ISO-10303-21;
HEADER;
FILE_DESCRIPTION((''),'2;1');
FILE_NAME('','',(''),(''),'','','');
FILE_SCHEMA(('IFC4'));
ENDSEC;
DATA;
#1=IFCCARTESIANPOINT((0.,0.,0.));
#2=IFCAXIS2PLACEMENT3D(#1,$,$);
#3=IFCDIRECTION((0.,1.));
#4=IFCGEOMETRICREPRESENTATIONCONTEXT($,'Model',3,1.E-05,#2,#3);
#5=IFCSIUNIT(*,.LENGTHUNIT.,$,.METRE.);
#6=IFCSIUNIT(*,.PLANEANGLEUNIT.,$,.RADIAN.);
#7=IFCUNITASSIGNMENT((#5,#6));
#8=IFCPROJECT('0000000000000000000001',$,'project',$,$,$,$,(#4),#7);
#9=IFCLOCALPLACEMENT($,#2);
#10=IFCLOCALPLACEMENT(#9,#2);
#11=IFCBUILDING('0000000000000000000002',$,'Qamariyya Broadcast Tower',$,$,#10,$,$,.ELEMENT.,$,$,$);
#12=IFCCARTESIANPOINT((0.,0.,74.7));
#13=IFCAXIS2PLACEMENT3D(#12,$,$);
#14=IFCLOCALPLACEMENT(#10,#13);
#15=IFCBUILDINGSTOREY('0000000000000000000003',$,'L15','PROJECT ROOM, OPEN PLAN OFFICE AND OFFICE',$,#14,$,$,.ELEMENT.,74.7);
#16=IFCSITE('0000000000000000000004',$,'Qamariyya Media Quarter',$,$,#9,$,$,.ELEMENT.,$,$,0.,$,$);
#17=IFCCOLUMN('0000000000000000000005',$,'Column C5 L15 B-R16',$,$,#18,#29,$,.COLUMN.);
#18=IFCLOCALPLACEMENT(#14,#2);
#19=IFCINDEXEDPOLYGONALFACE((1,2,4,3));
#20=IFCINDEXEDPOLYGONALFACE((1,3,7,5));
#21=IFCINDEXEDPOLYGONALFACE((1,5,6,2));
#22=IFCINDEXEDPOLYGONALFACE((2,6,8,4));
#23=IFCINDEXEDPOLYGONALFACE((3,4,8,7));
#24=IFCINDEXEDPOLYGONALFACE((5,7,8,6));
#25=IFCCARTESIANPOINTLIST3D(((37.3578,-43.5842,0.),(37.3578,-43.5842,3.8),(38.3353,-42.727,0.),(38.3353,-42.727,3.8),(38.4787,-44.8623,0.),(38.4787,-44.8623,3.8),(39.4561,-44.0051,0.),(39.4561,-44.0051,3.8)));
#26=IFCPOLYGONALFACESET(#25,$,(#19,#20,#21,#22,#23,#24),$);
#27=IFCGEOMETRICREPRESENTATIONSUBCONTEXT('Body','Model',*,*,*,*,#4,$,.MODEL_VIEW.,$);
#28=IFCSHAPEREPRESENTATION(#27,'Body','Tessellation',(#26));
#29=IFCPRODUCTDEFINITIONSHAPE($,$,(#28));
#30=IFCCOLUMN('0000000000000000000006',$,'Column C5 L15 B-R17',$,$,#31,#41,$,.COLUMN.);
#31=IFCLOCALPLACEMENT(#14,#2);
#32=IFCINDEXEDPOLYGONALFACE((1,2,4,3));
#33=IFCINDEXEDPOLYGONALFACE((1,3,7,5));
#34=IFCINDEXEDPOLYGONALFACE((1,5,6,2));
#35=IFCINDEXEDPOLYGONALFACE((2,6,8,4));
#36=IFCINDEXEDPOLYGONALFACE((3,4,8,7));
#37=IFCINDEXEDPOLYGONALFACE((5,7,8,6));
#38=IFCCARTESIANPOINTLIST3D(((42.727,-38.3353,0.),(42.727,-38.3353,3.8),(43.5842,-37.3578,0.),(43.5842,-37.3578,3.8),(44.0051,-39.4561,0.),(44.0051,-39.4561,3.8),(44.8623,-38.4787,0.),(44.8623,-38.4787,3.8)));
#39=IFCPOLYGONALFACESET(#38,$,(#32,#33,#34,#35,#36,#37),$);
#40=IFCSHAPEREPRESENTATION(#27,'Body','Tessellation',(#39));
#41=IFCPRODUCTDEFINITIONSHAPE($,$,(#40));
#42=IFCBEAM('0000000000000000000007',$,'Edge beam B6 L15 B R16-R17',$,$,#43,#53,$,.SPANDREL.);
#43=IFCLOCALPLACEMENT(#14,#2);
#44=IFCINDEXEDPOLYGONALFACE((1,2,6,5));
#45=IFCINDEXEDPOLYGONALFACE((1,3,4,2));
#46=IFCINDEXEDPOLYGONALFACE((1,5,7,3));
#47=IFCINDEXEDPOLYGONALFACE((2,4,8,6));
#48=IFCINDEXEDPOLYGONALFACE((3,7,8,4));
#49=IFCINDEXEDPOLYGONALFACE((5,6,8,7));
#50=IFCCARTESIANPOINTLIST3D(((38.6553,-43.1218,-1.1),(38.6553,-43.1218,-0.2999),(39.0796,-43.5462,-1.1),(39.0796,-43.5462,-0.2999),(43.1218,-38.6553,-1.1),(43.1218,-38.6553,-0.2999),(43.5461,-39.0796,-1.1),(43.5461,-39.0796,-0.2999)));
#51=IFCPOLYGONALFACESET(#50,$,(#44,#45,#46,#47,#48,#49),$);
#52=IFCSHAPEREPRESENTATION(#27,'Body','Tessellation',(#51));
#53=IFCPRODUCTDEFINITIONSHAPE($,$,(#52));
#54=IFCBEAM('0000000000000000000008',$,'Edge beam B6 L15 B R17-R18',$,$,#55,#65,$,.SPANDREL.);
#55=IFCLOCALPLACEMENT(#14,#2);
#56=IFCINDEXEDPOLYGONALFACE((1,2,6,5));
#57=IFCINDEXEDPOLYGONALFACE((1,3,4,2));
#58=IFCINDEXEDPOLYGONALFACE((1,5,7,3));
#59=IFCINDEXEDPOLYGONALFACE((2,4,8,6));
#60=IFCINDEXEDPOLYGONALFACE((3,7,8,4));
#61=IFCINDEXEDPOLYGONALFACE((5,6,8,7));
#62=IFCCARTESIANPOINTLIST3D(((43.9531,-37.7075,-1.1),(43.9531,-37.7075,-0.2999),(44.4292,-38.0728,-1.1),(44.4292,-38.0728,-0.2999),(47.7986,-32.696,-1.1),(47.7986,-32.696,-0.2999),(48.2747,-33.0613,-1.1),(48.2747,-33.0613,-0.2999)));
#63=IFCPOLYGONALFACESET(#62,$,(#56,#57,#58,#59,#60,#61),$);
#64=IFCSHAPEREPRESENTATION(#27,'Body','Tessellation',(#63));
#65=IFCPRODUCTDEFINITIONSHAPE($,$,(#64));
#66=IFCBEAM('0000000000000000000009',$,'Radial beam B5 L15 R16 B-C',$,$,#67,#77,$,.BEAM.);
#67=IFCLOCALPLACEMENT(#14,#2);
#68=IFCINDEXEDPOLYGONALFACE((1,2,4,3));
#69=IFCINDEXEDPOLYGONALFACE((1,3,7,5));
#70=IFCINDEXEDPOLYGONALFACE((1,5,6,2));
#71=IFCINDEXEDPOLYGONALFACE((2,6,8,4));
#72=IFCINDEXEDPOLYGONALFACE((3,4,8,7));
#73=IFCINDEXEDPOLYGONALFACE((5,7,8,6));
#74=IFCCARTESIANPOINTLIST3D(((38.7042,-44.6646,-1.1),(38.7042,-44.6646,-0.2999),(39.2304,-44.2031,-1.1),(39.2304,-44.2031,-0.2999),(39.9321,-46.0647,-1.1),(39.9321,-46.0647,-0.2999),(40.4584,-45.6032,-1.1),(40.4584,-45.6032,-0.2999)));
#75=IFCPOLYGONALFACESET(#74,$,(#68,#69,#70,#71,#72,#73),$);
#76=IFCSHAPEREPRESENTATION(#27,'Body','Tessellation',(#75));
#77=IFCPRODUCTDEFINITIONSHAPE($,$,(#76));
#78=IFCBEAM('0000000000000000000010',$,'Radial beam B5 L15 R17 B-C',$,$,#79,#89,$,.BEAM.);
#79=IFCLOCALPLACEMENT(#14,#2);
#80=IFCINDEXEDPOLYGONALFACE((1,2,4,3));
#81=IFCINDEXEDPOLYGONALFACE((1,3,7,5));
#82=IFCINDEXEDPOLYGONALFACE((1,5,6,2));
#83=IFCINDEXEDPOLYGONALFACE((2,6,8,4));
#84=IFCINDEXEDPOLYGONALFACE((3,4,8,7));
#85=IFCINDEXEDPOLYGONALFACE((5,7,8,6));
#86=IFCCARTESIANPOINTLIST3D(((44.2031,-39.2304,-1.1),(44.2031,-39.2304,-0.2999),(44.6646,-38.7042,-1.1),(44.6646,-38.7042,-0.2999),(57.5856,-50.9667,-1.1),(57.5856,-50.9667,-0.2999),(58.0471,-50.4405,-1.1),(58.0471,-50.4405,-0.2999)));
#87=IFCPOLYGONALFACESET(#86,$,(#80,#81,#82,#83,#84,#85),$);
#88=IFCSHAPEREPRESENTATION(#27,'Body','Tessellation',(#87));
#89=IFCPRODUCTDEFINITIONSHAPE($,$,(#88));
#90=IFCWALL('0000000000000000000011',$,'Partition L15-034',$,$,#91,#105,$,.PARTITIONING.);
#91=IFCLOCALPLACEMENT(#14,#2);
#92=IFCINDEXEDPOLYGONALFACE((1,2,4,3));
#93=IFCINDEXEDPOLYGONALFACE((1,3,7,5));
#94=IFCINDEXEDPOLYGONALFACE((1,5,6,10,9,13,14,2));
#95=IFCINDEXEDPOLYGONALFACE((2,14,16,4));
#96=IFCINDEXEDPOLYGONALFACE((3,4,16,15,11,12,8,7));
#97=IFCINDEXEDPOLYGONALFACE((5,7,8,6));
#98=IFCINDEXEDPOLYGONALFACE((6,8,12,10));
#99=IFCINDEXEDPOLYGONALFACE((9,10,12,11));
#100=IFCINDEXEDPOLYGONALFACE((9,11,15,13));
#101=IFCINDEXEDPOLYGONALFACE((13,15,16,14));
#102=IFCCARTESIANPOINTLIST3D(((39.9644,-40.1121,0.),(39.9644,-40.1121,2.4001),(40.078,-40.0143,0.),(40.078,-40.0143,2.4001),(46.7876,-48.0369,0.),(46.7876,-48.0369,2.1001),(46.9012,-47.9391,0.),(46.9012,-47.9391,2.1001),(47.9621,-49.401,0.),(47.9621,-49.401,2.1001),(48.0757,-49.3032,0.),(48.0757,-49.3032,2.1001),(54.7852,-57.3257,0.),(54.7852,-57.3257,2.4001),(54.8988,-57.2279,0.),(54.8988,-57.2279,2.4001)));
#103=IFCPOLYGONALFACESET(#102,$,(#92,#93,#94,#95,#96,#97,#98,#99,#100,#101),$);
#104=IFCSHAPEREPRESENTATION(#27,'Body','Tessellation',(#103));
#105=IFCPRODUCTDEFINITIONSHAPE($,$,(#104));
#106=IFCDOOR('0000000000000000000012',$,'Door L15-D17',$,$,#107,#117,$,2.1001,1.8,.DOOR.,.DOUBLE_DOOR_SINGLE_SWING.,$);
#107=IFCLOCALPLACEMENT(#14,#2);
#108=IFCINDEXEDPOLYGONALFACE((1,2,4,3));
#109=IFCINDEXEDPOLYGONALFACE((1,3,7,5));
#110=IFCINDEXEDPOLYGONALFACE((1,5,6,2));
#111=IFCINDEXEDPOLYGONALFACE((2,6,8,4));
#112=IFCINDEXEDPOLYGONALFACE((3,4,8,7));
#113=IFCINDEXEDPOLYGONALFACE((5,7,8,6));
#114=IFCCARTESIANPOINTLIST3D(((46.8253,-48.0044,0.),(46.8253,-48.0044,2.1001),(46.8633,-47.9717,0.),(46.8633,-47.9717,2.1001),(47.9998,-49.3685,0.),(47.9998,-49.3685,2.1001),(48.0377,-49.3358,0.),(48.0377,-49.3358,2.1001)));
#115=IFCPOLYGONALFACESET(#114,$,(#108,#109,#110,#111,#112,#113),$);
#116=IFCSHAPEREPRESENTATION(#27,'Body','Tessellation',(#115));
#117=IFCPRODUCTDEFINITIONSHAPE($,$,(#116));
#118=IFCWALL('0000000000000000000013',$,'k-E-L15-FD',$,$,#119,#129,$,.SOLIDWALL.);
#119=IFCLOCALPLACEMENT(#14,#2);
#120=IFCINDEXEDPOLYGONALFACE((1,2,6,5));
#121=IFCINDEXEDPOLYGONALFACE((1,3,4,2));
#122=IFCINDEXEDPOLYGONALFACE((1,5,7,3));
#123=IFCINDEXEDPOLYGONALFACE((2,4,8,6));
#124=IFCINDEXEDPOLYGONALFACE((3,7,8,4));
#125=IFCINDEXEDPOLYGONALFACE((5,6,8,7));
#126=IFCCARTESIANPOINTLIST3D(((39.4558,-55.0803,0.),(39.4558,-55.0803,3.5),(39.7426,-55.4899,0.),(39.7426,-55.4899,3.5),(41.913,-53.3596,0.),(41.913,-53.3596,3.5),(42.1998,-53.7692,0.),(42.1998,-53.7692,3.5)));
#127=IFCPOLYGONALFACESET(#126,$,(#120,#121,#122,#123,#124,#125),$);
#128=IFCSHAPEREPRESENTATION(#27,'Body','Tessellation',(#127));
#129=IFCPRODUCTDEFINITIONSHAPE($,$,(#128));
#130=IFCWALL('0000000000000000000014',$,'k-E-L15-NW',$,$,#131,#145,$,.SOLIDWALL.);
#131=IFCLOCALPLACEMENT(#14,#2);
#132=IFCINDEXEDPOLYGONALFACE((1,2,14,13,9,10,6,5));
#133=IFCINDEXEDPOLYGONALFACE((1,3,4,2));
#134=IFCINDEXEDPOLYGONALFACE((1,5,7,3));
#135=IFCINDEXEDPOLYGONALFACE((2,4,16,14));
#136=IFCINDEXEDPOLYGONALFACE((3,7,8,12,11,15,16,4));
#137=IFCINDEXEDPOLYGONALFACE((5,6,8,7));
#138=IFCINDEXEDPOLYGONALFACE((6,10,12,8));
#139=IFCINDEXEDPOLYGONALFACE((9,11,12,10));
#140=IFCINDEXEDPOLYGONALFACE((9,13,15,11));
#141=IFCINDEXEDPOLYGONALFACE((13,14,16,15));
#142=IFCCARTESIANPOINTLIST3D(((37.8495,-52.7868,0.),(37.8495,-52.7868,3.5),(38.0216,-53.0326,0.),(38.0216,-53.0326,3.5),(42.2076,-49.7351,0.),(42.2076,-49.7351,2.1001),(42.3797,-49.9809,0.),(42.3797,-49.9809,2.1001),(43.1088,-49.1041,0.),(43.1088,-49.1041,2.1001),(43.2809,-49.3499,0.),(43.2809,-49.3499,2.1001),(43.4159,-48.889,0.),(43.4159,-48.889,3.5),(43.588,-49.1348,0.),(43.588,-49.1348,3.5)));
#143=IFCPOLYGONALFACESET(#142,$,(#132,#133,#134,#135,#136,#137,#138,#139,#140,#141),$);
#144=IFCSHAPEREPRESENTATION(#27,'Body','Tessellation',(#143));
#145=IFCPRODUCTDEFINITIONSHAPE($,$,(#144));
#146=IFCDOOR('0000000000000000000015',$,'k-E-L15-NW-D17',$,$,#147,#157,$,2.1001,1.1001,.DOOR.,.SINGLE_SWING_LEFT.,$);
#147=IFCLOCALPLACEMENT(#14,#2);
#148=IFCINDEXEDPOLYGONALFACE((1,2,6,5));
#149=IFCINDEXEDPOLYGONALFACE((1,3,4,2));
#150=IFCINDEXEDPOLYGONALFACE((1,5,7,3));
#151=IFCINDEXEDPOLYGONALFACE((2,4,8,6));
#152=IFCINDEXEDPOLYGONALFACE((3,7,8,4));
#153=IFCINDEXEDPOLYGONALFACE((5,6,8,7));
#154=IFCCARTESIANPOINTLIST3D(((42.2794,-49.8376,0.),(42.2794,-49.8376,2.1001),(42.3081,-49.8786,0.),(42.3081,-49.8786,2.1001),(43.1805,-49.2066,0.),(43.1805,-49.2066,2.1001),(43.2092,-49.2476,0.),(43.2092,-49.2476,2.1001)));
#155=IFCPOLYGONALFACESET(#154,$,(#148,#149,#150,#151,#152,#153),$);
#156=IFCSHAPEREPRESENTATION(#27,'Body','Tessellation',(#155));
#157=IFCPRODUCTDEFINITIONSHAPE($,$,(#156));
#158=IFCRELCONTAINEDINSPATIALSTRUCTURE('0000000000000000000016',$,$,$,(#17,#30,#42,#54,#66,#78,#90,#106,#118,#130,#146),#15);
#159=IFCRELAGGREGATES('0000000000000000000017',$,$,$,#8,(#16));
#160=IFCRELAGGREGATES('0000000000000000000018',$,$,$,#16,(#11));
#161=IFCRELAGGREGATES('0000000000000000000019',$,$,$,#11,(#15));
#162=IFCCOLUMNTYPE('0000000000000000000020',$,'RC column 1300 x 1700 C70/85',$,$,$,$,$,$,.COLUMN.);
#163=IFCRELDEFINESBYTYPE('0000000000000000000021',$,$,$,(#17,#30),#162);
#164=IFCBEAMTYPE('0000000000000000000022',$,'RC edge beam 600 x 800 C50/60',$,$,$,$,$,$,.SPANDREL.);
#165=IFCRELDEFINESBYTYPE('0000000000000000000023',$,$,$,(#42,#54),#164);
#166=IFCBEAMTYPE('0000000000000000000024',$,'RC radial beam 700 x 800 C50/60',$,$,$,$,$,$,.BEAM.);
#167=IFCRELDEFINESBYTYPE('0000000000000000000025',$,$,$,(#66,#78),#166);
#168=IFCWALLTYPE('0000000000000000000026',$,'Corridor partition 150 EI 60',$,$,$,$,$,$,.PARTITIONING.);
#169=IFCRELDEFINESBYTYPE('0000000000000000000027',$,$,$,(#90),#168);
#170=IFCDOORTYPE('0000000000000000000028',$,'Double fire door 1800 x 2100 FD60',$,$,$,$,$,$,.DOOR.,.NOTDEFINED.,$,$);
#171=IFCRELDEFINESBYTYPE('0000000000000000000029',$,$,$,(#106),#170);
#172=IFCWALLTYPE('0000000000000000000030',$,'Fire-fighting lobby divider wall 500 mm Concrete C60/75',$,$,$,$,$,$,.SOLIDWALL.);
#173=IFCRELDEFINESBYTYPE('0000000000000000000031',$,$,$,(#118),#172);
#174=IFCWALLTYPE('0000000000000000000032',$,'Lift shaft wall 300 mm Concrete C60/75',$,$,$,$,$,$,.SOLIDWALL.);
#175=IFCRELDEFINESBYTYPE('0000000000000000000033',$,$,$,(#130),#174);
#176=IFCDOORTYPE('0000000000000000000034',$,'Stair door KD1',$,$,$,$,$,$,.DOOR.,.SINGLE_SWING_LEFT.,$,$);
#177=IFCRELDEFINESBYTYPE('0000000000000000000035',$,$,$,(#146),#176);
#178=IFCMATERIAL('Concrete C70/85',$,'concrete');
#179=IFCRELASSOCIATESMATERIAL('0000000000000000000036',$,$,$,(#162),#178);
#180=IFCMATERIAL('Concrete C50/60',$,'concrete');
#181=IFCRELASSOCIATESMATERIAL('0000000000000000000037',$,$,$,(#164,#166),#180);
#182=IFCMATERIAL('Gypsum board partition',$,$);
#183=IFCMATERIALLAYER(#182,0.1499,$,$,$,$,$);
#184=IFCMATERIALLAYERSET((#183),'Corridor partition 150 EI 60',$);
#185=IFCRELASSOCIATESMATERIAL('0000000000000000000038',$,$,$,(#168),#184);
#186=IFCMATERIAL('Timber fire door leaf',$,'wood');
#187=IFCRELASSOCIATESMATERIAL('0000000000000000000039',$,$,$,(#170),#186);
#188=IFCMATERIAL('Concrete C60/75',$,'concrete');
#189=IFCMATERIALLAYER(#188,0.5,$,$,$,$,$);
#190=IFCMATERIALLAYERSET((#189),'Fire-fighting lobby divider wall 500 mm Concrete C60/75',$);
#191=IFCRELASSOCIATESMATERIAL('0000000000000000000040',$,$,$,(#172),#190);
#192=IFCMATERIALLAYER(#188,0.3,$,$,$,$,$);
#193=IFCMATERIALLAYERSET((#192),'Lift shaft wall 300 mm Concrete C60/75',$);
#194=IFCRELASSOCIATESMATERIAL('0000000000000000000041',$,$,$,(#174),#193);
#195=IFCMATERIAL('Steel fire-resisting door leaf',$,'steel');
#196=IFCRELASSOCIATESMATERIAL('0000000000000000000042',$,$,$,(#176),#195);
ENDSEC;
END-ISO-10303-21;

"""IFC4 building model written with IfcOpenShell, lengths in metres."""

from ifc_helpers import new_model, si_unit, direction, frame, frame_2d, origin, origin_2d, place, context, subcontext, project, spatial, rectangle, extrude, material, layer, layer_set, material_profile, profile_set, type_object, element, fill, save


model = new_model("IFC4")

# Units and contexts
model_context = context("Model", 3, precision=1e-05, world=origin(), true_north=direction((0.0, 1.0)))
body_context = subcontext(model_context, "Body", "Model", "MODEL_VIEW")
ifc_project = project(units=[si_unit("LENGTHUNIT", "METRE"), si_unit("PLANEANGLEUNIT", "RADIAN")], contexts=[model_context])

# Site, building, storey
site_placement = place(None, origin())
site = spatial("IfcSite", under=ifc_project, at=site_placement, Name="Qamariyya Media Quarter", CompositionType="ELEMENT", RefElevation=0.0)
building_placement = place(site_placement, origin())
building = spatial("IfcBuilding", under=site, at=building_placement, Name="Qamariyya Broadcast Tower", CompositionType="ELEMENT")
storey_placement = place(building_placement, frame((0.0, 0.0, 74.7)))
storey = spatial("IfcBuildingStorey", under=building, at=storey_placement, Name="L15", Description="PROJECT ROOM, OPEN PLAN OFFICE AND OFFICE", CompositionType="ELEMENT", Elevation=74.7)

# Columns
ifc_material_1 = material(Name="Concrete C70/85", Category="concrete")
ifc_material_profile_1 = material_profile(ifc_material_1, rectangle(XDim=1.3, YDim=1.7, at=origin_2d()))
ifc_profile_set_1 = profile_set([ifc_material_profile_1], Name="Concrete C70/85")
column_type = type_object("IfcColumnType", Name="RC column 1300 x 1700 C70/85", PredefinedType="COLUMN", material=ifc_profile_set_1)
for number, where, z_axis, x_axis, name in (
    (1, (38.407, -43.7947, 0.0), (0.0, 0.0, 1.0), (0.75184, 0.659346, 0.0), "Column C5 L15 B-R16"),
    (2, (43.7947, -38.407, 0.0), (0.0, 0.0, 1.0), (0.659346, 0.75184, 0.0), "Column C5 L15 B-R17"),
):
    element("IfcColumn", number, at=place(storey_placement, frame(where, z_axis=z_axis, x_axis=x_axis)), inside=storey, type_object=column_type, Name=name, PredefinedType="COLUMN", context=body_context, shape_type="SweptSolid", body=[
        extrude(rectangle(XDim=1.3, YDim=1.7, at=origin_2d()), origin(), (0.0, 0.0, 1.0), 3.8),
    ])

# Beams
ifc_material_2 = material(Name="Concrete C50/60", Category="concrete")
ifc_material_profile_2 = material_profile(ifc_material_2, rectangle(XDim=0.6001, YDim=0.8, at=origin_2d()))
ifc_profile_set_2 = profile_set([ifc_material_profile_2], Name="Concrete C50/60")
beam_type_1 = type_object("IfcBeamType", Name="RC edge beam 600 x 800 C50/60", PredefinedType="SPANDREL", material=ifc_profile_set_2)
beam_1_placement = place(storey_placement, frame((38.8674, -43.334, -0.7), z_axis=(0.707107, 0.707107, 0.0), x_axis=(-0.707107, 0.707107, 0.0)))
element("IfcBeam", 3, at=beam_1_placement, inside=storey, type_object=beam_type_1, Name="Edge beam B6 L15 B R16-R17", PredefinedType="SPANDREL", context=body_context, shape_type="SweptSolid", body=[
    extrude(rectangle(XDim=0.6001, YDim=0.8, at=origin_2d()), origin(), (0.0, 0.0, 1.0), 6.3167),
])
beam_2_placement = place(storey_placement, frame((44.1912, -37.8901, -0.7), z_axis=(0.608763, 0.793352, 0.0), x_axis=(-0.793352, 0.608763, 0.0)))
element("IfcBeam", 4, at=beam_2_placement, inside=storey, type_object=beam_type_1, Name="Edge beam B6 L15 B R17-R18", PredefinedType="SPANDREL", context=body_context, shape_type="SweptSolid", body=[
    extrude(rectangle(XDim=0.6001, YDim=0.8, at=origin_2d()), origin(), (0.0, 0.0, 1.0), 6.3169),
])
ifc_material_profile_3 = material_profile(ifc_material_2, rectangle(XDim=0.7, YDim=0.8, at=origin_2d()))
ifc_profile_set_3 = profile_set([ifc_material_profile_3], Name="Concrete C50/60")
beam_type_2 = type_object("IfcBeamType", Name="RC radial beam 700 x 800 C50/60", PredefinedType="BEAM", material=ifc_profile_set_3)
beam_3_placement = place(storey_placement, frame((38.9673, -44.4338, -0.7), z_axis=(0.659386, -0.751805, 0.0), x_axis=(0.751805, 0.659386, 0.0)))
element("IfcBeam", 5, at=beam_3_placement, inside=storey, type_object=beam_type_2, Name="Radial beam B5 L15 R16 B-C", PredefinedType="BEAM", context=body_context, shape_type="SweptSolid", body=[
    extrude(rectangle(XDim=0.7, YDim=0.8, at=origin_2d()), origin(), (0.0, 0.0, 1.0), 1.8623),
])
beam_4_placement = place(storey_placement, frame((44.4338, -38.9673, -0.7), z_axis=(0.751836, -0.65935, 0.0), x_axis=(0.65935, 0.751836, 0.0)))
element("IfcBeam", 6, at=beam_4_placement, inside=storey, type_object=beam_type_2, Name="Radial beam B5 L15 R17 B-C", PredefinedType="BEAM", context=body_context, shape_type="SweptSolid", body=[
    extrude(rectangle(XDim=0.7, YDim=0.8, at=origin_2d()), origin(), (0.0, 0.0, 1.0), 17.7998),
])

# Wall, opening, door
ifc_material_3 = material(Name="Gypsum board partition")
ifc_layer_1 = layer(ifc_material_3, 0.1499)
ifc_layer_set_1 = layer_set([ifc_layer_1], Name="Corridor partition 150 EI 60")
wall_type_1 = type_object("IfcWallType", Name="Corridor partition 150 EI 60", PredefinedType="PARTITIONING", material=ifc_layer_set_1)
wall_1_placement = place(storey_placement, frame((40.0212, -40.0632, 0.0), z_axis=(0.0, 0.0, 1.0), x_axis=(0.652472, -0.757813, 0.0)))
wall_1 = element("IfcWall", 7, at=wall_1_placement, inside=storey, type_object=wall_type_1, Name="Partition L15-034", PredefinedType="PARTITIONING", context=body_context, shape_type="SweptSolid", body=[
    extrude(rectangle(XDim=22.7148, YDim=0.1499, at=frame_2d((11.3574, 0.0))), origin(), (0.0, 0.0, 1.0), 2.4001),
])
opening_1_placement = place(wall_1_placement, frame((10.4575, 0.0, 0.0)))
opening_1 = element("IfcOpeningElement", 8, at=opening_1_placement, cuts=wall_1, PredefinedType="OPENING", context=body_context, shape_type="SweptSolid", body=[
    extrude(rectangle(XDim=1.8, YDim=2.1001, at=frame_2d((0.8999, 1.05))), frame((0.0, 0.085, 0.0), z_axis=(0.0, -1.0, 0.0), x_axis=(1.0, 0.0, 0.0)), (0.0, 0.0, 1.0), 0.1699),
])
ifc_material_4 = material(Name="Timber fire door leaf", Category="wood")
door_type_1 = type_object("IfcDoorType", Name="Double fire door 1800 x 2100 FD60", OperationType="NOTDEFINED", PredefinedType="DOOR", material=ifc_material_4)
door_1_placement = place(opening_1_placement, origin())
door_1 = element("IfcDoor", 9, at=door_1_placement, inside=storey, type_object=door_type_1, Name="Door L15-D17", OperationType="DOUBLE_DOOR_SINGLE_SWING", OverallHeight=2.1001, OverallWidth=1.8, PredefinedType="DOOR", context=body_context, shape_type="SweptSolid", body=[
    extrude(rectangle(XDim=1.8, YDim=2.1001, at=frame_2d((0.8999, 1.05))), frame((0.0, 0.0249, 0.0), z_axis=(0.0, -1.0, 0.0), x_axis=(1.0, 0.0, 0.0)), (0.0, 0.0, 1.0), 0.05),
])
fill(opening_1, door_1)

# Wall
ifc_material_5 = material(Name="Concrete C60/75", Category="concrete")
ifc_layer_2 = layer(ifc_material_5, 0.5)
ifc_layer_set_2 = layer_set([ifc_layer_2], Name="Fire-fighting lobby divider wall 500 mm Concrete C60/75")
wall_type_2 = type_object("IfcWallType", Name="Fire-fighting lobby divider wall 500 mm Concrete C60/75", PredefinedType="SOLIDWALL", material=ifc_layer_set_2)
wall_2_placement = place(storey_placement, frame((39.5991, -55.2852, 0.0), z_axis=(0.0, 0.0, 1.0), x_axis=(0.819136, 0.573599, 0.0)))
element("IfcWall", 10, at=wall_2_placement, inside=storey, type_object=wall_type_2, Name="k-E-L15-FD", PredefinedType="SOLIDWALL", context=body_context, shape_type="SweptSolid", body=[
    extrude(rectangle(XDim=2.9998, YDim=0.5, at=frame_2d((1.5, 0.0))), origin(), (0.0, 0.0, 1.0), 3.5),
])

# Wall, opening, door
ifc_layer_3 = layer(ifc_material_5, 0.3)
ifc_layer_set_3 = layer_set([ifc_layer_3], Name="Lift shaft wall 300 mm Concrete C60/75")
wall_type_3 = type_object("IfcWallType", Name="Lift shaft wall 300 mm Concrete C60/75", PredefinedType="SOLIDWALL", material=ifc_layer_set_3)
wall_3_placement = place(storey_placement, frame((37.9355, -52.9097, 0.0), z_axis=(0.0, 0.0, 1.0), x_axis=(0.819148, 0.573583, 0.0)))
wall_3 = element("IfcWall", 11, at=wall_3_placement, inside=storey, type_object=wall_type_3, Name="k-E-L15-NW", PredefinedType="SOLIDWALL", context=body_context, shape_type="SweptSolid", body=[
    extrude(rectangle(XDim=6.7954, YDim=0.3, at=frame_2d((3.3977, 0.0))), origin(), (0.0, 0.0, 1.0), 3.5),
])
opening_2_placement = place(wall_3_placement, frame((5.3203, 0.0, 0.0)))
opening_2 = element("IfcOpeningElement", 12, at=opening_2_placement, cuts=wall_3, PredefinedType="OPENING", context=body_context, shape_type="SweptSolid", body=[
    extrude(rectangle(XDim=1.1001, YDim=2.1001, at=frame_2d((0.55, 1.05))), frame((0.0, 0.1599, 0.0), z_axis=(0.0, -1.0, 0.0), x_axis=(1.0, 0.0, 0.0)), (0.0, 0.0, 1.0), 0.3201),
])
ifc_material_6 = material(Name="Steel fire-resisting door leaf", Category="steel")
door_type_2 = type_object("IfcDoorType", Name="Stair door KD1", OperationType="SINGLE_SWING_LEFT", PredefinedType="DOOR", material=ifc_material_6)
door_2_placement = place(opening_2_placement, origin())
door_2 = element("IfcDoor", 13, at=door_2_placement, inside=storey, type_object=door_type_2, Name="k-E-L15-NW-D17", OperationType="SINGLE_SWING_LEFT", OverallHeight=2.1001, OverallWidth=1.1001, PredefinedType="DOOR", context=body_context, shape_type="SweptSolid", body=[
    extrude(rectangle(XDim=1.1001, YDim=2.1001, at=frame_2d((0.55, 1.05))), frame((0.0, 0.0249, 0.0), z_axis=(0.0, -1.0, 0.0), x_axis=(1.0, 0.0, 0.0)), (0.0, 0.0, 1.0), 0.05),
])
fill(opening_2, door_2)

save(model, "model.ifc")
